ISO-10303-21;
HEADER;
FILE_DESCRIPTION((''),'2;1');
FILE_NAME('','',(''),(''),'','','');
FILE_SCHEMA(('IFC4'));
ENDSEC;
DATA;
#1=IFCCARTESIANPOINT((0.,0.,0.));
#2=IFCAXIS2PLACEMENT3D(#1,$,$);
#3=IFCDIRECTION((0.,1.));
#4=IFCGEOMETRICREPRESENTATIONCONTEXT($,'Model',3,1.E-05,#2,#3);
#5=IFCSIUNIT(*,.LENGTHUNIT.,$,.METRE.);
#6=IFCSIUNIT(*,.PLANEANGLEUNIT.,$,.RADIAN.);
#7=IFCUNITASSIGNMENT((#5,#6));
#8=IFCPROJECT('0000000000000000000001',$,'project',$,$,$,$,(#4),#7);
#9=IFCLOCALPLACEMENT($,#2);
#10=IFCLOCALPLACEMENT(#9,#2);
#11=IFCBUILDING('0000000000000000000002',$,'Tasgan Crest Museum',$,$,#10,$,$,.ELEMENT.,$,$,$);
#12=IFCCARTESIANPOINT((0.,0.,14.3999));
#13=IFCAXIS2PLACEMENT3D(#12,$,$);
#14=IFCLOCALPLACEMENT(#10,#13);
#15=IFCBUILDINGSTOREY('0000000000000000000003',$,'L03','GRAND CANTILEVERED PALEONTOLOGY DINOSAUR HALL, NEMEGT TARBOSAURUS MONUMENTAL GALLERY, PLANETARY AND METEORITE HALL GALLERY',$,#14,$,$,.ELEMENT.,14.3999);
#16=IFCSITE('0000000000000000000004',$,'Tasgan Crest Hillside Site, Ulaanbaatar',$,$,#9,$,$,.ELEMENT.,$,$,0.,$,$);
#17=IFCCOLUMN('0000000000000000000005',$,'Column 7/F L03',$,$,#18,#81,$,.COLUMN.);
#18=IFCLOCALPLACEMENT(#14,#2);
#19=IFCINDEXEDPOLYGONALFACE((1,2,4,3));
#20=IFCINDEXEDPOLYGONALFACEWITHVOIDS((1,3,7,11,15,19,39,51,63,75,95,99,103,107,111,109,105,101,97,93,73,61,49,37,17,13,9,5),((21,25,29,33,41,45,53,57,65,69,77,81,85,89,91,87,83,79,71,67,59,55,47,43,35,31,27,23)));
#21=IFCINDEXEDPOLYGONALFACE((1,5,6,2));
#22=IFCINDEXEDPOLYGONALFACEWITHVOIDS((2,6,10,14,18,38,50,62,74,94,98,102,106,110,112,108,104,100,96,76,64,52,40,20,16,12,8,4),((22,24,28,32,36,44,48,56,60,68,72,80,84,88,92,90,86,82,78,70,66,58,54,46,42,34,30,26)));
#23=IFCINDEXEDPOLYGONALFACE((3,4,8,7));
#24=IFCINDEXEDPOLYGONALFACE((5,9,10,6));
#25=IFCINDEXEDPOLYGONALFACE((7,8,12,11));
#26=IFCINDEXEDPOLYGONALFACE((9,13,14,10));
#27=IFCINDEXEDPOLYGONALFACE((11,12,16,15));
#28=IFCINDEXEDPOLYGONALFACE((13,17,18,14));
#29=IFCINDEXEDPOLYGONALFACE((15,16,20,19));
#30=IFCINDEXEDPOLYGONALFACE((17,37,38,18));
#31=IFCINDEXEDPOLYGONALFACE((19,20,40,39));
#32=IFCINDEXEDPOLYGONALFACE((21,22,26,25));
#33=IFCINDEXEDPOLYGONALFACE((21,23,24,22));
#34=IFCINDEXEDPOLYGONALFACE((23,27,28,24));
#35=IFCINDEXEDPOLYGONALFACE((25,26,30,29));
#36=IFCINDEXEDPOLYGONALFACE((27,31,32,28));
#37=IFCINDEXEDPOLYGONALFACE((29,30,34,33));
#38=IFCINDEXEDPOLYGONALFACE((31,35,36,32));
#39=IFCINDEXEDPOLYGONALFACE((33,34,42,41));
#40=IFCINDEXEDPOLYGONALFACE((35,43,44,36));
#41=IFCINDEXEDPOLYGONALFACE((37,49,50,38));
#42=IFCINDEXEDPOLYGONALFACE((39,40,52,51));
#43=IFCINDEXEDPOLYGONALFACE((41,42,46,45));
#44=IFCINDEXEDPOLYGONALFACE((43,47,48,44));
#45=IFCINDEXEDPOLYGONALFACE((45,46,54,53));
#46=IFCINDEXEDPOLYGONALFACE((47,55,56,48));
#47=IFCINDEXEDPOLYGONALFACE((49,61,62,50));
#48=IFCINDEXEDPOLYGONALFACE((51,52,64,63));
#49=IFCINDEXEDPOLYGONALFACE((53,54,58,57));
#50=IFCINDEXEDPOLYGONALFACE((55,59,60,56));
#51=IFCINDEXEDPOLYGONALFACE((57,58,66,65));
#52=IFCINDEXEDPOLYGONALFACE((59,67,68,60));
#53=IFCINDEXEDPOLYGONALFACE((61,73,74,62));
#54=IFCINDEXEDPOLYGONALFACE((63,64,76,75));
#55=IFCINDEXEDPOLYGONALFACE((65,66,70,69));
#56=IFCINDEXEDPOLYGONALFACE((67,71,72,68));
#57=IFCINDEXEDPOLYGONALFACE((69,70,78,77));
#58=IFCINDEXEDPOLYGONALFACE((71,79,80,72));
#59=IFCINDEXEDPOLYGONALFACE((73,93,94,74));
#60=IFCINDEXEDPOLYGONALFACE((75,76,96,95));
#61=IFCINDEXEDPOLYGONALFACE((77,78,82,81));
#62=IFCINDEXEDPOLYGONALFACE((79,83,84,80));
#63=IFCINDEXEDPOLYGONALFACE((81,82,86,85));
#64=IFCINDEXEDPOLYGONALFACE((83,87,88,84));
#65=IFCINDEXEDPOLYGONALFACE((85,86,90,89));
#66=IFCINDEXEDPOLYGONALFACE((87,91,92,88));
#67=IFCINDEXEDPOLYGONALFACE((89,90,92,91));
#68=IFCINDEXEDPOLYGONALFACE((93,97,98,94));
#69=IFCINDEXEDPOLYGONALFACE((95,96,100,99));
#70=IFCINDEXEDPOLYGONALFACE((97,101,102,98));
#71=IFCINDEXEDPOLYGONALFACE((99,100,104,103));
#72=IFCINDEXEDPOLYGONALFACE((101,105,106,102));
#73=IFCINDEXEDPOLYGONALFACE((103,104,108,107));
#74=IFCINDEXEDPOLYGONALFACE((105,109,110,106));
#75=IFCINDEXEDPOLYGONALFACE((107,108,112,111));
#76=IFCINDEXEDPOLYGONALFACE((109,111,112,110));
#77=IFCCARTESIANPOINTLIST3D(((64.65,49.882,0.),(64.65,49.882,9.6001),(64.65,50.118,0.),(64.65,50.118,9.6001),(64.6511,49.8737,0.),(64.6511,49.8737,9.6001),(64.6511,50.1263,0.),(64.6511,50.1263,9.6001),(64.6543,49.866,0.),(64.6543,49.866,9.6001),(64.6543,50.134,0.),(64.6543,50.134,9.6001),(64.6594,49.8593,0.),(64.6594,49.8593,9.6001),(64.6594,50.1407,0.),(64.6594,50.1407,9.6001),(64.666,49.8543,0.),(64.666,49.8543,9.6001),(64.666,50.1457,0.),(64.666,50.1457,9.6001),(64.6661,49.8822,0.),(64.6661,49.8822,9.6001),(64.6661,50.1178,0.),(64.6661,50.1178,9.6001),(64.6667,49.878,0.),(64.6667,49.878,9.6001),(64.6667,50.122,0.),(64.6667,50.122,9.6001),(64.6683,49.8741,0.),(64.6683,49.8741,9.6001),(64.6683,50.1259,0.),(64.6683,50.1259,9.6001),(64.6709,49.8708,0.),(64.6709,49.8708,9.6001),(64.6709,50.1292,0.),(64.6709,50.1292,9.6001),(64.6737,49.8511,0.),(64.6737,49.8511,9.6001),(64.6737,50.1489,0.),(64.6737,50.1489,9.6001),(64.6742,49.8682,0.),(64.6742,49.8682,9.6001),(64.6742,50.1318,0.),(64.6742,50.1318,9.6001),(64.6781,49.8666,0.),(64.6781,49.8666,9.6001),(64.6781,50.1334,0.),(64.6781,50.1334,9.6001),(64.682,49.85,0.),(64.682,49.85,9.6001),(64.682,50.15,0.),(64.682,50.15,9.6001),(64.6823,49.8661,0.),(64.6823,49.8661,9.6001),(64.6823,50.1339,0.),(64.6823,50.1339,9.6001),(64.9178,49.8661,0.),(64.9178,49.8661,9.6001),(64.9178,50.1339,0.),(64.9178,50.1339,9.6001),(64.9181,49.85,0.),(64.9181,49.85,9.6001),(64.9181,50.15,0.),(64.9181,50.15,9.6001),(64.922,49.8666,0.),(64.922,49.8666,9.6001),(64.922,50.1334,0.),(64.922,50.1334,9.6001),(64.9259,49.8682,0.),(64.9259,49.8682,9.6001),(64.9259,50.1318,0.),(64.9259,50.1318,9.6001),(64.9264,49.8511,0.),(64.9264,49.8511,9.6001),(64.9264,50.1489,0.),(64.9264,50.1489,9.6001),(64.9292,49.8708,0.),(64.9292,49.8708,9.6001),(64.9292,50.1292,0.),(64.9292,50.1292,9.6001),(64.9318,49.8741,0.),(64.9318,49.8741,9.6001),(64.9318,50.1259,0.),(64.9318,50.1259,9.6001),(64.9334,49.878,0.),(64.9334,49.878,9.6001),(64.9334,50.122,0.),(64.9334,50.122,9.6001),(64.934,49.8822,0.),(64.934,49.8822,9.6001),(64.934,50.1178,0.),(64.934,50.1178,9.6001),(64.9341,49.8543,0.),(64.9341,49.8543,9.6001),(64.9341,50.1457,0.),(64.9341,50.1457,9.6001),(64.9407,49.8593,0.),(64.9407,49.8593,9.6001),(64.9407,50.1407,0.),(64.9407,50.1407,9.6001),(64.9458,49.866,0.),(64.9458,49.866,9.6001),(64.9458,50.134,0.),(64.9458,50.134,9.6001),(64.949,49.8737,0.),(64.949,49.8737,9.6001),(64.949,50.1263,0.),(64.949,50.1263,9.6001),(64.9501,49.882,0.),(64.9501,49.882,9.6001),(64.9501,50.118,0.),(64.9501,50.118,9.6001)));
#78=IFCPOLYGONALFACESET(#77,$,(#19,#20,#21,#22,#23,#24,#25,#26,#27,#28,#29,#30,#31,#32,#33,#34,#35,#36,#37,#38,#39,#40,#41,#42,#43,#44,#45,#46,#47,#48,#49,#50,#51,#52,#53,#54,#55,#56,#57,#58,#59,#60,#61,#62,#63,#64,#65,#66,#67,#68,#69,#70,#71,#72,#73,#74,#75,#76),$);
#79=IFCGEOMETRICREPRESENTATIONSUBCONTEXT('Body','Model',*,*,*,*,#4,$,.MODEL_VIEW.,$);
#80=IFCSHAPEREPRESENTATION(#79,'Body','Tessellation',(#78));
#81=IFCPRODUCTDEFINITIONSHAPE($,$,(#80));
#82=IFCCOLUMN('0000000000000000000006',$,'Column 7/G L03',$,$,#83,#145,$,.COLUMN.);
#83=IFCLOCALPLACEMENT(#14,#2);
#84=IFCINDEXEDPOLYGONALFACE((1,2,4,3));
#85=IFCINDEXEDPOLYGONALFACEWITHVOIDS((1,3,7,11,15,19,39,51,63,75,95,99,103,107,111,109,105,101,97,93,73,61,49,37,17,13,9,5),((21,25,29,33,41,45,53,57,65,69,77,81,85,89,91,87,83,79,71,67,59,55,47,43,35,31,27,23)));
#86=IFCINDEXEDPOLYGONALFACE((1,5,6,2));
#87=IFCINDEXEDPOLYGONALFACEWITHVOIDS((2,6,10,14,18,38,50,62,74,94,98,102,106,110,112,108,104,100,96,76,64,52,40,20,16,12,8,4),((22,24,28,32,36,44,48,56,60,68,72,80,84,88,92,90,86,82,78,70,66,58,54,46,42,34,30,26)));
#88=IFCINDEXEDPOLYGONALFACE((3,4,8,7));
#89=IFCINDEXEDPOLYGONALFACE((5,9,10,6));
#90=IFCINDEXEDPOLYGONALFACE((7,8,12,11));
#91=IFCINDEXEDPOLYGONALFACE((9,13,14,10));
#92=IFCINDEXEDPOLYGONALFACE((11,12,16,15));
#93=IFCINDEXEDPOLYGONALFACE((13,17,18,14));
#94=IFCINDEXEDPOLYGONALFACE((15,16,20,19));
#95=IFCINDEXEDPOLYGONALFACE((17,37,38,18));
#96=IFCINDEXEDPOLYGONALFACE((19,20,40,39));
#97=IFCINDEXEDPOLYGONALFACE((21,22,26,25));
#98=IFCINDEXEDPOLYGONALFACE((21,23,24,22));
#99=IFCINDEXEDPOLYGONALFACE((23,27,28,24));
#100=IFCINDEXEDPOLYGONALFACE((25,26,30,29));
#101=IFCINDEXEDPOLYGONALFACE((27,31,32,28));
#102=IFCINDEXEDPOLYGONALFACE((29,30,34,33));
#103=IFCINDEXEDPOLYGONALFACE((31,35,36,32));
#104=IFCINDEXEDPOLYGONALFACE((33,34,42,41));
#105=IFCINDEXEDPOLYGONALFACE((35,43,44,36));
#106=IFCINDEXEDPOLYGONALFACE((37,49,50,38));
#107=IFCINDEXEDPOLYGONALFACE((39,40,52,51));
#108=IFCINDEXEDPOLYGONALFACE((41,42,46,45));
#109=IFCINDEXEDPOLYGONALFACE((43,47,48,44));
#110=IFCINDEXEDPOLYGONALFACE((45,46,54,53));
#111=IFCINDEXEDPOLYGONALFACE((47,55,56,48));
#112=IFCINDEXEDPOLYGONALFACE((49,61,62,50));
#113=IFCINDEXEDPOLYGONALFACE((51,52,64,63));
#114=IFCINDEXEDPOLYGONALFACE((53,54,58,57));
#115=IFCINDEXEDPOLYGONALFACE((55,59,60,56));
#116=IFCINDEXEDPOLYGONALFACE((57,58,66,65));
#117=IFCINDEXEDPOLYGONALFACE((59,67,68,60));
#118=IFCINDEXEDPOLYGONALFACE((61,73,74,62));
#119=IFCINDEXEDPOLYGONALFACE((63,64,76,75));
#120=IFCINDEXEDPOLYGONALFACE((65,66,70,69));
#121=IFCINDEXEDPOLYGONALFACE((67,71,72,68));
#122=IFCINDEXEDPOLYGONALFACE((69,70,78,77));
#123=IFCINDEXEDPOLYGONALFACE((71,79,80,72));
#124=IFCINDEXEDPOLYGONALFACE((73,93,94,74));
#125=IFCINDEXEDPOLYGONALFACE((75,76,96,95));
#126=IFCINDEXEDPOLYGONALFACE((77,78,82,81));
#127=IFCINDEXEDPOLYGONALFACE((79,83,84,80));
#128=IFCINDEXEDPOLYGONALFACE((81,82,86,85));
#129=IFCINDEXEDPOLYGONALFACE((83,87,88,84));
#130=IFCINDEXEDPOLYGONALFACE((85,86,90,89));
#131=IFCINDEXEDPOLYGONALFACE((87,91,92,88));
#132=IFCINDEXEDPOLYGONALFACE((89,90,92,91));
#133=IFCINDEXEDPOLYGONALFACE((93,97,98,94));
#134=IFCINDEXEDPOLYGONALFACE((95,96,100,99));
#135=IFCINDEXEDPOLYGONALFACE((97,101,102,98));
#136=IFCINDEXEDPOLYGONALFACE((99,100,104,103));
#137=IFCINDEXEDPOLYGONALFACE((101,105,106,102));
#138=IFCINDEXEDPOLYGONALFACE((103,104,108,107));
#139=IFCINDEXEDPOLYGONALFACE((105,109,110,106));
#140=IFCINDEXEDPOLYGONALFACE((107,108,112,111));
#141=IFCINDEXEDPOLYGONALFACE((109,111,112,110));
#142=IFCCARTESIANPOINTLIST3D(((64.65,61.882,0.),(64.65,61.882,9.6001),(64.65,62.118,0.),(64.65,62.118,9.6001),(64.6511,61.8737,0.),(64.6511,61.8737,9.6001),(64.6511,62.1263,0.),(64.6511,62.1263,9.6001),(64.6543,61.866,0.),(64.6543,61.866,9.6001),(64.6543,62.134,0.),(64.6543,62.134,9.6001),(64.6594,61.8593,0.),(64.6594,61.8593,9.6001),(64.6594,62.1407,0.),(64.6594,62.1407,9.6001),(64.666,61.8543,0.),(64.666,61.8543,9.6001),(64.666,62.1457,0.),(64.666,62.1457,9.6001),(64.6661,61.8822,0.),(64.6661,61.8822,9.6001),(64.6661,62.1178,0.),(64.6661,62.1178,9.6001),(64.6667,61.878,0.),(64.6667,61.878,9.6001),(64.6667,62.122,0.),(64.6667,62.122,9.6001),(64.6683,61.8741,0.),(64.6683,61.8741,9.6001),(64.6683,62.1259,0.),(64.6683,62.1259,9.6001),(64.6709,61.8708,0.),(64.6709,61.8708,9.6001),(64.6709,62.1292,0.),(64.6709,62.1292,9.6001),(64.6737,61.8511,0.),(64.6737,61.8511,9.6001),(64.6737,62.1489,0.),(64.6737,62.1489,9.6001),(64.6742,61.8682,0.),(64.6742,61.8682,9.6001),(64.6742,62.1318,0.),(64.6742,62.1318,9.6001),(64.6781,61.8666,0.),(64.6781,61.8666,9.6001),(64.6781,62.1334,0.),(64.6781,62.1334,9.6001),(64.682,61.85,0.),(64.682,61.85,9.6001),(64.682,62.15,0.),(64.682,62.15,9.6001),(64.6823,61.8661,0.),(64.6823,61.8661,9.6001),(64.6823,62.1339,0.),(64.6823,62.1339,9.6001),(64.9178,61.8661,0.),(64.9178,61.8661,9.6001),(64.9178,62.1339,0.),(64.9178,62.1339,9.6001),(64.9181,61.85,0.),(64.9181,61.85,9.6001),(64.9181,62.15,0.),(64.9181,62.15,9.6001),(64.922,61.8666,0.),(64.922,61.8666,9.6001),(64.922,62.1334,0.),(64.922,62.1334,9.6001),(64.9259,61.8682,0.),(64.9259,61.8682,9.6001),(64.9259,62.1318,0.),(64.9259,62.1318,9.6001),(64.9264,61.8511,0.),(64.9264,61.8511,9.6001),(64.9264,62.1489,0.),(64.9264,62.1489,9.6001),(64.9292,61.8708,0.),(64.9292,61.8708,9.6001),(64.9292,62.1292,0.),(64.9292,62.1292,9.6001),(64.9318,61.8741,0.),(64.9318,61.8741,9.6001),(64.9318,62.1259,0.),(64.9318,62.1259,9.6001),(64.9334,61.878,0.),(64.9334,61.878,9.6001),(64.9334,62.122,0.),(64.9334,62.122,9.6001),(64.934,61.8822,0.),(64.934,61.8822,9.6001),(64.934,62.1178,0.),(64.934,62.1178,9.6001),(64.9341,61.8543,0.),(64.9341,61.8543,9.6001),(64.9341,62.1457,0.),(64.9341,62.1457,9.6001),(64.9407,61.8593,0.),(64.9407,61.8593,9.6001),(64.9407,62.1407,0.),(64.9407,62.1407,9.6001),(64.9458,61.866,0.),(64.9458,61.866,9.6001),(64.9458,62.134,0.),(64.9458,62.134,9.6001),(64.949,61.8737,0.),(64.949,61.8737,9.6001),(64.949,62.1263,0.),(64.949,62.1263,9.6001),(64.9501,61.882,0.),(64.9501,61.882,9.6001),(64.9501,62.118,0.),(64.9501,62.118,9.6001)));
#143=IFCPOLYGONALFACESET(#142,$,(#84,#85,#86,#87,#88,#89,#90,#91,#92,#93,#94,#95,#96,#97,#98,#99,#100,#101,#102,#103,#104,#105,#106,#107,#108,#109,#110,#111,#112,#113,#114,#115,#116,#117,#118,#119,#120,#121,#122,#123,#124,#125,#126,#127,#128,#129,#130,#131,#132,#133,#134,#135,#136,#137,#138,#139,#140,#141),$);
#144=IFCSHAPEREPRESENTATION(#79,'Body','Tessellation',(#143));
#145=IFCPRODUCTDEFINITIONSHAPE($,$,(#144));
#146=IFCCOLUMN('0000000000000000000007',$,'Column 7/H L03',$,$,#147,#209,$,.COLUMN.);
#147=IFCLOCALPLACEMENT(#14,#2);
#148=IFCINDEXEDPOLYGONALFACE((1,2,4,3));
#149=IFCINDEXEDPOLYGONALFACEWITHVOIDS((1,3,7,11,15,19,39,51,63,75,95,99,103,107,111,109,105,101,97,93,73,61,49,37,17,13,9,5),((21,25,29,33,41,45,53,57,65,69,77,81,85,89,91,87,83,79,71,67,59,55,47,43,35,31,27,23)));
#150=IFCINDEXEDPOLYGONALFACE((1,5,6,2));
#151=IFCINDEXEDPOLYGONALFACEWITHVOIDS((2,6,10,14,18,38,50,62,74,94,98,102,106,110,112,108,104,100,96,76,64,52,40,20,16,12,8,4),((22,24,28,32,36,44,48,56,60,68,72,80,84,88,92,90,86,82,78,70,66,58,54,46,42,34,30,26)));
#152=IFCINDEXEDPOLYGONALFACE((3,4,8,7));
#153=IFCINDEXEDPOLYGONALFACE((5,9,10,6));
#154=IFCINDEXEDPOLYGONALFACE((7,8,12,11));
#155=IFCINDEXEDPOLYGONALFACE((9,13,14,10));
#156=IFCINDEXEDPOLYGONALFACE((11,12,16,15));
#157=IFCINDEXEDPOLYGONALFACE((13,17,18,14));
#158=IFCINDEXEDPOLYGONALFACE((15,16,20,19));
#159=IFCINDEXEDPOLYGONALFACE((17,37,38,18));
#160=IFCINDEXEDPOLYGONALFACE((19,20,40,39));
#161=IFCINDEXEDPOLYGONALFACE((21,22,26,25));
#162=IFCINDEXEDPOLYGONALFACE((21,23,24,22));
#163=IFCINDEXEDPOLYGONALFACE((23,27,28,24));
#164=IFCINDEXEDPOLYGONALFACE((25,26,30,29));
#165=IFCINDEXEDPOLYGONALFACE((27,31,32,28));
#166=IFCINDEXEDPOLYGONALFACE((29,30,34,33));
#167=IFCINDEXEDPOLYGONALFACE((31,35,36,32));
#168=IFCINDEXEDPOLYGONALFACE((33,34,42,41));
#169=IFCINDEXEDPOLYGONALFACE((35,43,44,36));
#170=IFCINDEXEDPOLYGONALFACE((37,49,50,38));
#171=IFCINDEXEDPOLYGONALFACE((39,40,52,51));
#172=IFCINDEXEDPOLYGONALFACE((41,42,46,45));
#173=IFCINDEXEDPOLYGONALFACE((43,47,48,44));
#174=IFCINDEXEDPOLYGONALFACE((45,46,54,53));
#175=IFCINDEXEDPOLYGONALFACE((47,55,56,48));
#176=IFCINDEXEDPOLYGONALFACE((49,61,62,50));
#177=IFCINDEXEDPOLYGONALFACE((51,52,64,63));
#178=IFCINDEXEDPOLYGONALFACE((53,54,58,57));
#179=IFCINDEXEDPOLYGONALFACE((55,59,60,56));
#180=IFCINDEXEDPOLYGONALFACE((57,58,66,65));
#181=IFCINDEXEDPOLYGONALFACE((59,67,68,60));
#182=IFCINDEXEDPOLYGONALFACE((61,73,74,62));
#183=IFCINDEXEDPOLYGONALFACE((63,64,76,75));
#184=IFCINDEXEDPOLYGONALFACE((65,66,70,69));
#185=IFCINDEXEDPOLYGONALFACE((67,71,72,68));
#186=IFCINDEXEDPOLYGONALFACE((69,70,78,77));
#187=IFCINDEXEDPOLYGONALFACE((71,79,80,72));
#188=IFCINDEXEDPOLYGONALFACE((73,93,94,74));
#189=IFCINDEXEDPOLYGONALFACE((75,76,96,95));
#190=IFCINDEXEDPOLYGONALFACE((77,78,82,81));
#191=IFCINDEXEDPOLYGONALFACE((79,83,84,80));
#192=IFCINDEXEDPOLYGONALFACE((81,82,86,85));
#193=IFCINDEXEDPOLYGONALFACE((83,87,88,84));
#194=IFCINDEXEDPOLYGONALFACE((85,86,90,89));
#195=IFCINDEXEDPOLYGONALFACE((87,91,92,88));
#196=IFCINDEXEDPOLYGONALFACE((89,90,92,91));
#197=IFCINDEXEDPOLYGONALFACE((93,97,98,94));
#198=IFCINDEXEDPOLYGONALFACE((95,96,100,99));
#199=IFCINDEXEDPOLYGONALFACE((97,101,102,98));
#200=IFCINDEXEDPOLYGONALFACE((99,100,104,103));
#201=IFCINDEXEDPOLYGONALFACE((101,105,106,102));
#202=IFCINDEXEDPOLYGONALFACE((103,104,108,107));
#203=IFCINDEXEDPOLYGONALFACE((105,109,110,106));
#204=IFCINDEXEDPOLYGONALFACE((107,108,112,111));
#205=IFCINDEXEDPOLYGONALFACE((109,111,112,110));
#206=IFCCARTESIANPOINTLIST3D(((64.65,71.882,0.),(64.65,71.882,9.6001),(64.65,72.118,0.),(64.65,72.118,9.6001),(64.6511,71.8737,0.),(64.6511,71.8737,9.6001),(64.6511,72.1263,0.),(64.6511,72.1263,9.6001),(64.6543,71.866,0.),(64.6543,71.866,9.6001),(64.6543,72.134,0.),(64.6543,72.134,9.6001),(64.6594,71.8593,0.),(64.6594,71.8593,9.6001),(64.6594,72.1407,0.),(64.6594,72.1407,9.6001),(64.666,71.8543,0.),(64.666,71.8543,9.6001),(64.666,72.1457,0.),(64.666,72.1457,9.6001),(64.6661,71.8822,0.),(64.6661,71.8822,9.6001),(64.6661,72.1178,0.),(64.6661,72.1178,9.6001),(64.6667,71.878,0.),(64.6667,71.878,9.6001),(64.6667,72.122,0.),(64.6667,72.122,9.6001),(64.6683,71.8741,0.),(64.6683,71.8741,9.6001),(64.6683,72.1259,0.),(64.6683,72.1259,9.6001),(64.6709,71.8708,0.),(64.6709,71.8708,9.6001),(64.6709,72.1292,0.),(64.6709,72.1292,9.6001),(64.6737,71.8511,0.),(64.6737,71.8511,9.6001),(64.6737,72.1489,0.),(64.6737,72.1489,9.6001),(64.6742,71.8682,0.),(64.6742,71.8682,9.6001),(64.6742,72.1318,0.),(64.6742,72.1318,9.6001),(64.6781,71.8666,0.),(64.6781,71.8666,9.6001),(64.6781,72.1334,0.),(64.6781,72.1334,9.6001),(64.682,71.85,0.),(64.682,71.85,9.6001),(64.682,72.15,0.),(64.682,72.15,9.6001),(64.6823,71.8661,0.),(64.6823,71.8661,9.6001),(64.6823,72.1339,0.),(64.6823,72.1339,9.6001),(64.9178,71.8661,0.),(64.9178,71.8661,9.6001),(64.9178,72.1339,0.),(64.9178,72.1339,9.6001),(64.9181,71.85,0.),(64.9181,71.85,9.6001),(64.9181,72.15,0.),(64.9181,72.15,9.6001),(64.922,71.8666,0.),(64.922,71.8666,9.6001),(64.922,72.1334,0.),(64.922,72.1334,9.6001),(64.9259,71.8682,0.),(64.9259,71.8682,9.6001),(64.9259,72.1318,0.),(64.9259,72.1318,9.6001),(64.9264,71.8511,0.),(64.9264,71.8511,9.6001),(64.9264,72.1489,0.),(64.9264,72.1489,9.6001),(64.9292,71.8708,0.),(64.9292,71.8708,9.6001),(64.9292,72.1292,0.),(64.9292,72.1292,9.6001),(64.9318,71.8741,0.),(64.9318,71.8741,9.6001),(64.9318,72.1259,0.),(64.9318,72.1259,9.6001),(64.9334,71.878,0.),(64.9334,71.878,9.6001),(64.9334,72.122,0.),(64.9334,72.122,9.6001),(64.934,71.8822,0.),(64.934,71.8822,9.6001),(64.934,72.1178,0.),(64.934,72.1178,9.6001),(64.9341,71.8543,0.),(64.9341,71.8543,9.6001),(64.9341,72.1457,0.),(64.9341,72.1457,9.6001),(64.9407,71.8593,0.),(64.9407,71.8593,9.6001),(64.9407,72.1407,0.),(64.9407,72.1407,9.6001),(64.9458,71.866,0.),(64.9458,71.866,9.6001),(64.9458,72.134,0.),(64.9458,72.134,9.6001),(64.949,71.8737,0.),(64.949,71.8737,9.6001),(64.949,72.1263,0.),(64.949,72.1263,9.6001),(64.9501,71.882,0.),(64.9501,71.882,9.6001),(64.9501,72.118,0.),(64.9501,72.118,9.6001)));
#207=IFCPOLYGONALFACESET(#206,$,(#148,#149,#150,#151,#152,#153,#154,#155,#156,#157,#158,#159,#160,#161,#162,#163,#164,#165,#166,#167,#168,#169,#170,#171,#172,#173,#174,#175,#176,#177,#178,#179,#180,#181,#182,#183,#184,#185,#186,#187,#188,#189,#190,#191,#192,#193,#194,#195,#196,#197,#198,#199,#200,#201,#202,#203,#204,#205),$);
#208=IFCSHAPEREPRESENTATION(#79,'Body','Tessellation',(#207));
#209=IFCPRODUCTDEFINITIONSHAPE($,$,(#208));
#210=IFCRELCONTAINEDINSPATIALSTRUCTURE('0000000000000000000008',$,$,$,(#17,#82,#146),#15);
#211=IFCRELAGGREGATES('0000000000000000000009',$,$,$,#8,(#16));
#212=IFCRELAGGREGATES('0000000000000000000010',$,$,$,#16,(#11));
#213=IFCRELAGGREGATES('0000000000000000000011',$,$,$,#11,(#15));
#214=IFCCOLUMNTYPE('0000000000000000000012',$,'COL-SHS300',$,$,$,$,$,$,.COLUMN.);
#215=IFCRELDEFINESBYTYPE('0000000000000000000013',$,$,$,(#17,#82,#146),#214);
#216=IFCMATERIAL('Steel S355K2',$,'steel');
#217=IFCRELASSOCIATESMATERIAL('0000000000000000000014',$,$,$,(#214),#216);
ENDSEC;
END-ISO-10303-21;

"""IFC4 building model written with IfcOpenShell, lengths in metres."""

from ifc_helpers import new_model, si_unit, direction, frame, origin, origin_2d, place, context, subcontext, project, spatial, hollow_rectangle, extrude, material, material_profile, profile_set, type_object, element, save


model = new_model("IFC4")

# Units and contexts
model_context = context("Model", 3, precision=1e-05, world=origin(), true_north=direction((0.0, 1.0)))
body_context = subcontext(model_context, "Body", "Model", "MODEL_VIEW")
ifc_project = project(units=[si_unit("LENGTHUNIT", "METRE"), si_unit("PLANEANGLEUNIT", "RADIAN")], contexts=[model_context])

# Site, building, storey
site_placement = place(None, origin())
site = spatial("IfcSite", under=ifc_project, at=site_placement, Name="Tasgan Crest Hillside Site, Ulaanbaatar", CompositionType="ELEMENT", RefElevation=0.0)
building_placement = place(site_placement, origin())
building = spatial("IfcBuilding", under=site, at=building_placement, Name="Tasgan Crest Museum", CompositionType="ELEMENT")
storey_placement = place(building_placement, frame((0.0, 0.0, 14.3999)))
storey = spatial("IfcBuildingStorey", under=building, at=storey_placement, Name="L03", Description="GRAND CANTILEVERED PALEONTOLOGY DINOSAUR HALL, NEMEGT TARBOSAURUS MONUMENTAL GALLERY, PLANETARY AND METEORITE HALL GALLERY", CompositionType="ELEMENT", Elevation=14.3999)

# Columns
ifc_material_1 = material(Name="Steel S355K2", Category="steel")
ifc_material_profile_1 = material_profile(ifc_material_1, hollow_rectangle(XDim=0.3, YDim=0.3, WallThickness=0.0161, InnerFilletRadius=0.0161, OuterFilletRadius=0.032, at=origin_2d()), Name="SHS 300x300x16")
ifc_profile_set_1 = profile_set([ifc_material_profile_1], Name="Steel S355K2")
column_type = type_object("IfcColumnType", Name="COL-SHS300", PredefinedType="COLUMN", material=ifc_profile_set_1)
for number, where, z_axis, x_axis, name in (
    (1, (64.8, 50.0, 0.0), (0.0, 0.0, 1.0), (1.0, 0.0, 0.0), "Column 7/F L03"),
    (2, (64.8, 62.0, 0.0), (0.0, 0.0, 1.0), (1.0, 0.0, 0.0), "Column 7/G L03"),
    (3, (64.8, 72.0, 0.0), (0.0, 0.0, 1.0), (1.0, 0.0, 0.0), "Column 7/H L03"),
):
    element("IfcColumn", number, at=place(storey_placement, frame(where, z_axis=z_axis, x_axis=x_axis)), inside=storey, type_object=column_type, Name=name, PredefinedType="COLUMN", context=body_context, shape_type="SweptSolid", body=[
        extrude(hollow_rectangle(XDim=0.3, YDim=0.3, WallThickness=0.0161, InnerFilletRadius=0.0161, OuterFilletRadius=0.032, at=origin_2d()), origin(), (0.0, 0.0, 1.0), 9.6001),
    ])

save(model, "model.ifc")
